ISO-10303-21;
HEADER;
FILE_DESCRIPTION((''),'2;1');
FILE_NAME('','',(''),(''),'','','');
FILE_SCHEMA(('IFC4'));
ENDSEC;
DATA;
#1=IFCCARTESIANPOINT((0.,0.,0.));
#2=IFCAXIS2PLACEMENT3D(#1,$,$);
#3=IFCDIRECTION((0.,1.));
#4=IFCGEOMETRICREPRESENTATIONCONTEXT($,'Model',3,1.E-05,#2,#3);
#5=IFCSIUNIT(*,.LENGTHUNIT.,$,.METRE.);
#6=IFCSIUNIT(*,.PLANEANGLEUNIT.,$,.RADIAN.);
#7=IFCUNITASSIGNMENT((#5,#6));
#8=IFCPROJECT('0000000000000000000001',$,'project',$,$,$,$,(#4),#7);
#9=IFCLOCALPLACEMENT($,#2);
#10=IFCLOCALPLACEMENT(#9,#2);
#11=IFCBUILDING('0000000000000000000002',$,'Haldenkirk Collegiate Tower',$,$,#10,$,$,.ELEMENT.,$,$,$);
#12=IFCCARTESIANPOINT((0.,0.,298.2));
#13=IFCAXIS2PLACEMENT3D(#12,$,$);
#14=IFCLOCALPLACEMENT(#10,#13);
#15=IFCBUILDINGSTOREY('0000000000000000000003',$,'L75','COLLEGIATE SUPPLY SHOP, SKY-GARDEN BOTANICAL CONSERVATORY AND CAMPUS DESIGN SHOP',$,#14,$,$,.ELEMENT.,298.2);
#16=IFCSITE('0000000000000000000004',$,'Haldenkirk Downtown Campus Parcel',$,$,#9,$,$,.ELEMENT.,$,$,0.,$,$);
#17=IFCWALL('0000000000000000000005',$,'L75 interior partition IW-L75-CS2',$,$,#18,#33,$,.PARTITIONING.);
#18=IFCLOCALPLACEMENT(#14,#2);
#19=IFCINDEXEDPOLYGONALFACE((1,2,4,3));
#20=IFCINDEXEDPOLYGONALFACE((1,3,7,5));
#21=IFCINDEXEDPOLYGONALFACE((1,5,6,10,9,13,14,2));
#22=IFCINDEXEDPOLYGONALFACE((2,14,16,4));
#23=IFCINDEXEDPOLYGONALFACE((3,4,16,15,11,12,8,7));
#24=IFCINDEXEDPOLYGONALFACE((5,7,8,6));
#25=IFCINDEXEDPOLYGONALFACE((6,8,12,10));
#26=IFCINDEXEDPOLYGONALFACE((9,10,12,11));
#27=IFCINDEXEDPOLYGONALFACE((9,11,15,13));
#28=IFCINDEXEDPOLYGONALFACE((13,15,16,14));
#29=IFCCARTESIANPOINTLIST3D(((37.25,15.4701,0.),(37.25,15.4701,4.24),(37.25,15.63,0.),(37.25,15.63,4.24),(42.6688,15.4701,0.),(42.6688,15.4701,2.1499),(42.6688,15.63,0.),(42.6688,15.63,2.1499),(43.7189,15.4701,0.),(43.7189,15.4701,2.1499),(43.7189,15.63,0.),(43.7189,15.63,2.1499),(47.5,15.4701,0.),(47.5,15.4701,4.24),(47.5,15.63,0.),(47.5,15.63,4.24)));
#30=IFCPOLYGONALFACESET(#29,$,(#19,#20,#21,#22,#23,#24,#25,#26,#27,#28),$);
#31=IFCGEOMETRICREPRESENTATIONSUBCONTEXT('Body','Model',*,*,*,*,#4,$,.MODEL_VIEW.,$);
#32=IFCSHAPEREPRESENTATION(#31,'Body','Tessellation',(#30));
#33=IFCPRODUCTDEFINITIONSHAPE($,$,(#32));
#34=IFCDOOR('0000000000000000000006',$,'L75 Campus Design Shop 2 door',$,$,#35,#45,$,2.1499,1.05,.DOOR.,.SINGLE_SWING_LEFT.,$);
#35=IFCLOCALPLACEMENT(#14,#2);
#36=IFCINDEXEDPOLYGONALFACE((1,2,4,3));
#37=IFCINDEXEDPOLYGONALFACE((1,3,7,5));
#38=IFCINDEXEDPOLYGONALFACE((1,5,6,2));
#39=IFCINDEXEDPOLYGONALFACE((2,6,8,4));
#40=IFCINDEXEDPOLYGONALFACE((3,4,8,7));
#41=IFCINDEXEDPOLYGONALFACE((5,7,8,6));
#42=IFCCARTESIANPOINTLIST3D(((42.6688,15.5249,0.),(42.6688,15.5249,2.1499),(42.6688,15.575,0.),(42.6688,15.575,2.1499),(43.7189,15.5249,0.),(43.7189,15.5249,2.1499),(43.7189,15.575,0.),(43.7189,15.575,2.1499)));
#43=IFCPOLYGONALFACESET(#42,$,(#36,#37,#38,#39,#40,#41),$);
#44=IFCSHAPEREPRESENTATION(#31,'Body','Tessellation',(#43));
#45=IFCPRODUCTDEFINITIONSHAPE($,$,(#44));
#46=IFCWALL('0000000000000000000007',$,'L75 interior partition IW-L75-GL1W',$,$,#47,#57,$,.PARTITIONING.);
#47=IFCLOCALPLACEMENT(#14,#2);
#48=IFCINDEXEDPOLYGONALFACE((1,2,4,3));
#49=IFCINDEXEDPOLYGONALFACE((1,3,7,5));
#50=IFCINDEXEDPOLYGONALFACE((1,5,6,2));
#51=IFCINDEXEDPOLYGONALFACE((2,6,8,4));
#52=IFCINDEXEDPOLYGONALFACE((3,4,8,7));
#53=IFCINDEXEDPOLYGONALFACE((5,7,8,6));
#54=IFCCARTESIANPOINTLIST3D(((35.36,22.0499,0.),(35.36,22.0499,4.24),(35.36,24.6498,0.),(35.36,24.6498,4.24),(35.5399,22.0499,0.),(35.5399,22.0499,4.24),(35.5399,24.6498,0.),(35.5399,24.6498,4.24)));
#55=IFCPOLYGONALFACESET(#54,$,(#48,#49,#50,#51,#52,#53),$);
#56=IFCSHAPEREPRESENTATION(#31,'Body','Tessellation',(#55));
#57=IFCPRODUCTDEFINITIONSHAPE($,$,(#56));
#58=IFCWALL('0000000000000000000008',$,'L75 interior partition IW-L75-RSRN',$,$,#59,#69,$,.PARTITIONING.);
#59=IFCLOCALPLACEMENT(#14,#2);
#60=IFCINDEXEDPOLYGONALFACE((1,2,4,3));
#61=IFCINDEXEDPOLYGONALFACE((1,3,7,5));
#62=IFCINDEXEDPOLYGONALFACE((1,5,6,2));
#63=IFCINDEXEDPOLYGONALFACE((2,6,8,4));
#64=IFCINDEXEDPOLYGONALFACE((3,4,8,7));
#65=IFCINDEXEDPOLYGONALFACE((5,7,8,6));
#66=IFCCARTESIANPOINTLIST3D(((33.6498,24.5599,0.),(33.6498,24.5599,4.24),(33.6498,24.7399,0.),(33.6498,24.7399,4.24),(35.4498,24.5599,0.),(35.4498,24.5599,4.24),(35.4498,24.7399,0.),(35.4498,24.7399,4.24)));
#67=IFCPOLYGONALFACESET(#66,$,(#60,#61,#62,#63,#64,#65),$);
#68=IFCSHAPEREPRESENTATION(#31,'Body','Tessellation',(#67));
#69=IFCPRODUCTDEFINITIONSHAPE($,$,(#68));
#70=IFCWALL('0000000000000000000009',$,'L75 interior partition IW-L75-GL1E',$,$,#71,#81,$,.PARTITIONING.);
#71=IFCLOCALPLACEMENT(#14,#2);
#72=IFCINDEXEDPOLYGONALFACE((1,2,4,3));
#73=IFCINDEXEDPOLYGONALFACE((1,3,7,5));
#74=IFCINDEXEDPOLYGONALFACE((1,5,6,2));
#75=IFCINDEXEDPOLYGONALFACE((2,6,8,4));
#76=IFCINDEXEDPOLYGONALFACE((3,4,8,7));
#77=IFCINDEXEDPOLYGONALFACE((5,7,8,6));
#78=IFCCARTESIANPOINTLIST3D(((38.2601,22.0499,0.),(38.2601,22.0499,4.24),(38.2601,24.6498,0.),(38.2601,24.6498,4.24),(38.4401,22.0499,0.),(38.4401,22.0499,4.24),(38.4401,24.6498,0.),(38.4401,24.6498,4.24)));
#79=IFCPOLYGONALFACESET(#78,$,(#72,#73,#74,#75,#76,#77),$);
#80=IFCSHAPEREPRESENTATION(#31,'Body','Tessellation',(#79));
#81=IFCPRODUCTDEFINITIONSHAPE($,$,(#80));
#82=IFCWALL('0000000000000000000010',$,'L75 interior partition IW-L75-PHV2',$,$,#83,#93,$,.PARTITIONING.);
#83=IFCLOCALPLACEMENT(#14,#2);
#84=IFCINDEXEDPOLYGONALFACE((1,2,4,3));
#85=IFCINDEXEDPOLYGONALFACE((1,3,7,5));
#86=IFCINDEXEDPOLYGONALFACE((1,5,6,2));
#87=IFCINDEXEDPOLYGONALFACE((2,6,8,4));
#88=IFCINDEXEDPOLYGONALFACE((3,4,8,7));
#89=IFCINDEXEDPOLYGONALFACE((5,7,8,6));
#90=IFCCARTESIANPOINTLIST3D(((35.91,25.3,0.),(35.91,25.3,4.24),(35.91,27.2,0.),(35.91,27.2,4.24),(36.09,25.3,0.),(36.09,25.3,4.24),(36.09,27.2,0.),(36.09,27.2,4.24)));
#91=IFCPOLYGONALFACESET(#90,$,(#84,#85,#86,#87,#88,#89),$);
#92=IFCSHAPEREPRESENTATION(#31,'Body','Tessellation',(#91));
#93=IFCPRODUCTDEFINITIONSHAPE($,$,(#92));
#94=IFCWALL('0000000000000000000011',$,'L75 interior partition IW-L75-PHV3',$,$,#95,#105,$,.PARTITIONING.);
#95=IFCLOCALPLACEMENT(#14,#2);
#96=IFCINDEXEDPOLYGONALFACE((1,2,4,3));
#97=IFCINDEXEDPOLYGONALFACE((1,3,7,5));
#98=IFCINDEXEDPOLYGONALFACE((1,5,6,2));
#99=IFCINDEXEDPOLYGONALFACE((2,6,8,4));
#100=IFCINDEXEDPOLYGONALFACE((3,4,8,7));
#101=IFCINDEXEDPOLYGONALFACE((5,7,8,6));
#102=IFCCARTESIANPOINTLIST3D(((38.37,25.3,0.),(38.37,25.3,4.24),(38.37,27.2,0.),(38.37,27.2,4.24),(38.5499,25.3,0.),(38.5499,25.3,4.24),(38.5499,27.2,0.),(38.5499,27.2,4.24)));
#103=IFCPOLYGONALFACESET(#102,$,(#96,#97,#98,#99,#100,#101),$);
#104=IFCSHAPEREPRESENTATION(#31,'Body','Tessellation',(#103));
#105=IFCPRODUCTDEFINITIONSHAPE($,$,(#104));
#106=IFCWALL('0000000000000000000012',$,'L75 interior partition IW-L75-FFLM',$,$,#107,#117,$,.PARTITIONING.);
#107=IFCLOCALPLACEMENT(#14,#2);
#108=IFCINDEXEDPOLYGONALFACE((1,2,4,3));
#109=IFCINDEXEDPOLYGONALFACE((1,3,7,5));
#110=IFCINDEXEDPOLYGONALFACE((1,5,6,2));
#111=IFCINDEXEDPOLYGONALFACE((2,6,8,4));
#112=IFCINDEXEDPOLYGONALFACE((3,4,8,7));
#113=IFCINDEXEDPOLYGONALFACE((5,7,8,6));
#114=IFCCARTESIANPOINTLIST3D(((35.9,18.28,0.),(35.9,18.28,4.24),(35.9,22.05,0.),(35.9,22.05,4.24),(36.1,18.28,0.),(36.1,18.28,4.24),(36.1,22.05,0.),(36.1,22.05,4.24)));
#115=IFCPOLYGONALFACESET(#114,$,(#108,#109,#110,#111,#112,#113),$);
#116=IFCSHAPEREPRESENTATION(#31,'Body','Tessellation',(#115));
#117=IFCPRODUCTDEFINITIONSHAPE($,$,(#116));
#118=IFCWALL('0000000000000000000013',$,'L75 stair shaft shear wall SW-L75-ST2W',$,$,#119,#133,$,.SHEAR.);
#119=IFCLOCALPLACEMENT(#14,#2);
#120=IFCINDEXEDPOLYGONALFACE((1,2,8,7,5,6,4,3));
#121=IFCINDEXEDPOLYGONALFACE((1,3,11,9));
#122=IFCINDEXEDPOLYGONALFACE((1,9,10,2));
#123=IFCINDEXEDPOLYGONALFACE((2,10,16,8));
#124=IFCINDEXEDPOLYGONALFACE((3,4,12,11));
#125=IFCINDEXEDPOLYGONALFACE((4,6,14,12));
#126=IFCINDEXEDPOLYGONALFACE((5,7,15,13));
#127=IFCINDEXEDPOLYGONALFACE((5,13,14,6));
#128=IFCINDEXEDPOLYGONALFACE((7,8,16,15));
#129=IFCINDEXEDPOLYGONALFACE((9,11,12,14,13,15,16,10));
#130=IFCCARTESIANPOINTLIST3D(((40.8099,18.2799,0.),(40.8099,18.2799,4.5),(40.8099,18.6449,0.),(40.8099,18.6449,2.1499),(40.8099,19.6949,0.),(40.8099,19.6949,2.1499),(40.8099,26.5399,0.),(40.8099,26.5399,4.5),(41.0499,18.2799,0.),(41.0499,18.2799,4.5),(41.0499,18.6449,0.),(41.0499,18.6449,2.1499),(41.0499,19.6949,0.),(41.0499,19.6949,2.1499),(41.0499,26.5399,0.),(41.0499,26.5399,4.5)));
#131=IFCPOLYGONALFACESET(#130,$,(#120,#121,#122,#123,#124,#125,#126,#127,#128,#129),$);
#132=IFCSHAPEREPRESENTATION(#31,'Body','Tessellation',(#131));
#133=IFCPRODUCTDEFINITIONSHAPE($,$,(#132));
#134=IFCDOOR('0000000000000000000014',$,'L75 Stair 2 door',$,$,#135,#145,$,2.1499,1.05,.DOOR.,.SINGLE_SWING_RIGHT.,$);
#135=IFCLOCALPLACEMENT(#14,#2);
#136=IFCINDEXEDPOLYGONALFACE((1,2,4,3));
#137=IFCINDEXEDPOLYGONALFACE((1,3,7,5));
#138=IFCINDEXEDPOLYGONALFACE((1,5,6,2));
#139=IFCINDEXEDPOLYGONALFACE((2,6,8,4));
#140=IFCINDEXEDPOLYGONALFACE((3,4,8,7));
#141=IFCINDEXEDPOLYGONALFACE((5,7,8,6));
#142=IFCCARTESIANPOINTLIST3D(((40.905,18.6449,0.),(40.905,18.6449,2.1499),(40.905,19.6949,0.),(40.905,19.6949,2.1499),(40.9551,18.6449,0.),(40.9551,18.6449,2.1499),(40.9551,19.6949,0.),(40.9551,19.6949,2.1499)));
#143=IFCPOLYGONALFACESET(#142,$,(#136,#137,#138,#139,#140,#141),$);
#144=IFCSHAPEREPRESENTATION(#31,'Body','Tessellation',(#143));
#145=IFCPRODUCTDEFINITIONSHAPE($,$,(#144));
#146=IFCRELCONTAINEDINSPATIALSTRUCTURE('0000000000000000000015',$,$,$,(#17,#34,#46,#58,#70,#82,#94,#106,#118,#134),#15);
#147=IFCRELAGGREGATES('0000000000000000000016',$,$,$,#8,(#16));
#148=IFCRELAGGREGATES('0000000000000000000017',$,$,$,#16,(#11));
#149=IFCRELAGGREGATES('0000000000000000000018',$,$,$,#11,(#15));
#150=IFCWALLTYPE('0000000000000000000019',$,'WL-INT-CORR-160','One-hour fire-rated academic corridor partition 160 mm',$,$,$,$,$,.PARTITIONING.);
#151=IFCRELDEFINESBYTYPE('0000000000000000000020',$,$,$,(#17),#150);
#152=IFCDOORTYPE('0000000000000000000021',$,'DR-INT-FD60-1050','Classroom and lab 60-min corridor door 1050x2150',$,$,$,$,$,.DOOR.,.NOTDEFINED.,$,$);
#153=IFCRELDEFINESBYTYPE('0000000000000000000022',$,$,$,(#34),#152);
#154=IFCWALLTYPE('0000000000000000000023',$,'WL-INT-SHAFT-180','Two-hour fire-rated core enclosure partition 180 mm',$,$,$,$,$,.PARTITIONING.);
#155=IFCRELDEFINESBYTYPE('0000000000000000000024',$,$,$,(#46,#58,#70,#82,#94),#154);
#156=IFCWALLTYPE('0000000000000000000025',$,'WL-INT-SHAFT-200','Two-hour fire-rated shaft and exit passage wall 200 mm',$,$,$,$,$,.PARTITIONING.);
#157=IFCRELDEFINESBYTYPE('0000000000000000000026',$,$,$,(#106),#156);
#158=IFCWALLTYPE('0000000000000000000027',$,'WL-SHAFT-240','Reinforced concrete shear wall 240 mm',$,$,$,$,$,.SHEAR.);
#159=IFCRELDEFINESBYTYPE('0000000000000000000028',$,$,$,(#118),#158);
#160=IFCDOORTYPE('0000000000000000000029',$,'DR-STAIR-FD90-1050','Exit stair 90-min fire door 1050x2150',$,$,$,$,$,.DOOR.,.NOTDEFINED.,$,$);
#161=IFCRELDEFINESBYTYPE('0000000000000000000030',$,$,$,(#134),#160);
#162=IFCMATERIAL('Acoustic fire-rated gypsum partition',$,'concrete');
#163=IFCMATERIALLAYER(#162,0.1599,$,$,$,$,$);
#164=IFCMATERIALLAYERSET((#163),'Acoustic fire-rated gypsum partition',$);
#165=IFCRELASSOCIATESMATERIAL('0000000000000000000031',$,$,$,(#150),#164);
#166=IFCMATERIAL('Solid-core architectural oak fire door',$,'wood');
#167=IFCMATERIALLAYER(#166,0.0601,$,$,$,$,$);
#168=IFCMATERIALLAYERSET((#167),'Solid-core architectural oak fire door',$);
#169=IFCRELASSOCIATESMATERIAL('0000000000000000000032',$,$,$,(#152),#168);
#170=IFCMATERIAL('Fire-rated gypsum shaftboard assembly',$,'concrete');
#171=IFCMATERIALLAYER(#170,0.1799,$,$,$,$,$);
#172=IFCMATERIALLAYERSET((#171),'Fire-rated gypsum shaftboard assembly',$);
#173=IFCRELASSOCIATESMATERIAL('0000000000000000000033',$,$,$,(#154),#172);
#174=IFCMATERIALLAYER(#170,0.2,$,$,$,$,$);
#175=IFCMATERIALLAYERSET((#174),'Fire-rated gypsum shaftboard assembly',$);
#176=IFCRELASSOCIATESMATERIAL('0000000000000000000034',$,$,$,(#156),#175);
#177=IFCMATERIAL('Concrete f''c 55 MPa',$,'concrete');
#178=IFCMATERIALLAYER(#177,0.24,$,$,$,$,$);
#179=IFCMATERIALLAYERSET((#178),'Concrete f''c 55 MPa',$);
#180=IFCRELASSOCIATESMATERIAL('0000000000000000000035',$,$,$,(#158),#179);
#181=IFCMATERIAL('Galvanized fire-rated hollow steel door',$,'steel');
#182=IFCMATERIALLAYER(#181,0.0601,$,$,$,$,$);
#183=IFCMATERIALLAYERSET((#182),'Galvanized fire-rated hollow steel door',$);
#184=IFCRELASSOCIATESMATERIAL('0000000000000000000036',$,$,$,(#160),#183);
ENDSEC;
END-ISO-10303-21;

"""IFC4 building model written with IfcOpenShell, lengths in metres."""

from ifc_helpers import new_model, si_unit, direction, frame, frame_2d, origin, place, context, subcontext, project, spatial, rectangle, extrude, material, layer, layer_set, type_object, element, fill, save


model = new_model("IFC4")

# Units and contexts
model_context = context("Model", 3, precision=1e-05, world=origin(), true_north=direction((0.0, 1.0)))
body_context = subcontext(model_context, "Body", "Model", "MODEL_VIEW")
ifc_project = project(units=[si_unit("LENGTHUNIT", "METRE"), si_unit("PLANEANGLEUNIT", "RADIAN")], contexts=[model_context])

# Site, building, storey
site_placement = place(None, origin())
site = spatial("IfcSite", under=ifc_project, at=site_placement, Name="Haldenkirk Downtown Campus Parcel", CompositionType="ELEMENT", RefElevation=0.0)
building_placement = place(site_placement, origin())
building = spatial("IfcBuilding", under=site, at=building_placement, Name="Haldenkirk Collegiate Tower", CompositionType="ELEMENT")
storey_placement = place(building_placement, frame((0.0, 0.0, 298.2)))
storey = spatial("IfcBuildingStorey", under=building, at=storey_placement, Name="L75", Description="COLLEGIATE SUPPLY SHOP, SKY-GARDEN BOTANICAL CONSERVATORY AND CAMPUS DESIGN SHOP", CompositionType="ELEMENT", Elevation=298.2)

# Wall, opening, door
ifc_material_1 = material(Name="Acoustic fire-rated gypsum partition", Category="concrete")
ifc_layer_1 = layer(ifc_material_1, 0.1599)
ifc_layer_set_1 = layer_set([ifc_layer_1], Name="Acoustic fire-rated gypsum partition")
wall_type_1 = type_object("IfcWallType", Name="WL-INT-CORR-160", Description="One-hour fire-rated academic corridor partition 160 mm", PredefinedType="PARTITIONING", material=ifc_layer_set_1)
wall_1_placement = place(storey_placement, frame((37.25, 15.55, 0.0), z_axis=(0.0, 0.0, 1.0), x_axis=(1.0, 0.0, 0.0)))
wall_1 = element("IfcWall", 1, at=wall_1_placement, inside=storey, type_object=wall_type_1, Name="L75 interior partition IW-L75-CS2", PredefinedType="PARTITIONING", context=body_context, shape_type="SweptSolid", body=[
    extrude(rectangle(XDim=10.25, YDim=0.1599, at=frame_2d((5.125, 0.0))), origin(), (0.0, 0.0, 1.0), 4.24),
])
opening_1_placement = place(wall_1_placement, frame((5.4189, 0.0, 0.0)))
opening_1 = element("IfcOpeningElement", 2, at=opening_1_placement, cuts=wall_1, PredefinedType="OPENING", context=body_context, shape_type="SweptSolid", body=[
    extrude(rectangle(XDim=1.05, YDim=2.1499, at=frame_2d((0.5249, 1.075))), frame((0.0, 0.0898, 0.0), z_axis=(0.0, -1.0, 0.0), x_axis=(1.0, 0.0, 0.0)), (0.0, 0.0, 1.0), 0.1799),
])
ifc_material_2 = material(Name="Solid-core architectural oak fire door", Category="wood")
ifc_layer_2 = layer(ifc_material_2, 0.0601)
ifc_layer_set_2 = layer_set([ifc_layer_2], Name="Solid-core architectural oak fire door")
door_type_1 = type_object("IfcDoorType", Name="DR-INT-FD60-1050", Description="Classroom and lab 60-min corridor door 1050x2150", OperationType="NOTDEFINED", PredefinedType="DOOR", material=ifc_layer_set_2)
door_1_placement = place(opening_1_placement, origin())
door_1 = element("IfcDoor", 3, at=door_1_placement, inside=storey, type_object=door_type_1, Name="L75 Campus Design Shop 2 door", OperationType="SINGLE_SWING_LEFT", OverallHeight=2.1499, OverallWidth=1.05, PredefinedType="DOOR", context=body_context, shape_type="SweptSolid", body=[
    extrude(rectangle(XDim=1.05, YDim=2.1499, at=frame_2d((0.5249, 1.075))), frame((0.0, 0.0249, 0.0), z_axis=(0.0, -1.0, 0.0), x_axis=(1.0, 0.0, 0.0)), (0.0, 0.0, 1.0), 0.05),
])
fill(opening_1, door_1)

# Walls
ifc_material_3 = material(Name="Fire-rated gypsum shaftboard assembly", Category="concrete")
ifc_layer_3 = layer(ifc_material_3, 0.1799)
ifc_layer_set_3 = layer_set([ifc_layer_3], Name="Fire-rated gypsum shaftboard assembly")
wall_type_2 = type_object("IfcWallType", Name="WL-INT-SHAFT-180", Description="Two-hour fire-rated core enclosure partition 180 mm", PredefinedType="PARTITIONING", material=ifc_layer_set_3)
wall_2_placement = place(storey_placement, frame((35.45, 22.05, 0.0), z_axis=(0.0, 0.0, 1.0), x_axis=(0.0, 1.0, 0.0)))
element("IfcWall", 4, at=wall_2_placement, inside=storey, type_object=wall_type_2, Name="L75 interior partition IW-L75-GL1W", PredefinedType="PARTITIONING", context=body_context, shape_type="SweptSolid", body=[
    extrude(rectangle(XDim=2.5999, YDim=0.1799, at=frame_2d((1.2998, 0.0))), origin(), (0.0, 0.0, 1.0), 4.24),
])
wall_3_placement = place(storey_placement, frame((33.6499, 24.6499, 0.0), z_axis=(0.0, 0.0, 1.0), x_axis=(1.0, 0.0, 0.0)))
element("IfcWall", 5, at=wall_3_placement, inside=storey, type_object=wall_type_2, Name="L75 interior partition IW-L75-RSRN", PredefinedType="PARTITIONING", context=body_context, shape_type="SweptSolid", body=[
    extrude(rectangle(XDim=1.8, YDim=0.1799, at=frame_2d((0.8999, 0.0))), origin(), (0.0, 0.0, 1.0), 4.24),
])
wall_4_placement = place(storey_placement, frame((38.3501, 22.05, 0.0), z_axis=(0.0, 0.0, 1.0), x_axis=(0.0, 1.0, 0.0)))
element("IfcWall", 6, at=wall_4_placement, inside=storey, type_object=wall_type_2, Name="L75 interior partition IW-L75-GL1E", PredefinedType="PARTITIONING", context=body_context, shape_type="SweptSolid", body=[
    extrude(rectangle(XDim=2.5999, YDim=0.1799, at=frame_2d((1.2998, 0.0))), origin(), (0.0, 0.0, 1.0), 4.24),
])
for number, where, z_axis, x_axis, name in (
    (7, (36.0, 25.3, 0.0), (0.0, 0.0, 1.0), (0.0, 1.0, 0.0), "L75 interior partition IW-L75-PHV2"),
    (8, (38.46, 25.3, 0.0), (0.0, 0.0, 1.0), (0.0, 1.0, 0.0), "L75 interior partition IW-L75-PHV3"),
):
    element("IfcWall", number, at=place(storey_placement, frame(where, z_axis=z_axis, x_axis=x_axis)), inside=storey, type_object=wall_type_2, Name=name, PredefinedType="PARTITIONING", context=body_context, shape_type="SweptSolid", body=[
        extrude(rectangle(XDim=1.8999, YDim=0.1799, at=frame_2d((0.95, 0.0))), origin(), (0.0, 0.0, 1.0), 4.24),
    ])
ifc_layer_4 = layer(ifc_material_3, 0.2)
ifc_layer_set_4 = layer_set([ifc_layer_4], Name="Fire-rated gypsum shaftboard assembly")
wall_type_3 = type_object("IfcWallType", Name="WL-INT-SHAFT-200", Description="Two-hour fire-rated shaft and exit passage wall 200 mm", PredefinedType="PARTITIONING", material=ifc_layer_set_4)
wall_5_placement = place(storey_placement, frame((36.0, 18.28, 0.0), z_axis=(0.0, 0.0, 1.0), x_axis=(0.0, 1.0, 0.0)))
element("IfcWall", 9, at=wall_5_placement, inside=storey, type_object=wall_type_3, Name="L75 interior partition IW-L75-FFLM", PredefinedType="PARTITIONING", context=body_context, shape_type="SweptSolid", body=[
    extrude(rectangle(XDim=3.77, YDim=0.2, at=frame_2d((1.885, 0.0))), origin(), (0.0, 0.0, 1.0), 4.24),
])

# Wall, opening, door
ifc_material_4 = material(Name="Concrete f'c 55 MPa", Category="concrete")
ifc_layer_5 = layer(ifc_material_4, 0.24)
ifc_layer_set_5 = layer_set([ifc_layer_5], Name="Concrete f'c 55 MPa")
wall_type_4 = type_object("IfcWallType", Name="WL-SHAFT-240", Description="Reinforced concrete shear wall 240 mm", PredefinedType="SHEAR", material=ifc_layer_set_5)
wall_6_placement = place(storey_placement, frame((40.9299, 18.28, 0.0), z_axis=(0.0, 0.0, 1.0), x_axis=(0.0, 1.0, 0.0)))
wall_6 = element("IfcWall", 10, at=wall_6_placement, inside=storey, type_object=wall_type_4, Name="L75 stair shaft shear wall SW-L75-ST2W", PredefinedType="SHEAR", context=body_context, shape_type="SweptSolid", body=[
    extrude(rectangle(XDim=8.26, YDim=0.24, at=frame_2d((4.1299, 0.0))), origin(), (0.0, 0.0, 1.0), 4.5),
])
opening_2_placement = place(wall_6_placement, frame((0.365, 0.0, 0.0)))
opening_2 = element("IfcOpeningElement", 11, at=opening_2_placement, cuts=wall_6, PredefinedType="OPENING", context=body_context, shape_type="SweptSolid", body=[
    extrude(rectangle(XDim=1.05, YDim=2.1499, at=frame_2d((0.5249, 1.075))), frame((0.0, 0.1299, 0.0), z_axis=(0.0, -1.0, 0.0), x_axis=(1.0, 0.0, 0.0)), (0.0, 0.0, 1.0), 0.26),
])
ifc_material_5 = material(Name="Galvanized fire-rated hollow steel door", Category="steel")
ifc_layer_6 = layer(ifc_material_5, 0.0601)
ifc_layer_set_6 = layer_set([ifc_layer_6], Name="Galvanized fire-rated hollow steel door")
door_type_2 = type_object("IfcDoorType", Name="DR-STAIR-FD90-1050", Description="Exit stair 90-min fire door 1050x2150", OperationType="NOTDEFINED", PredefinedType="DOOR", material=ifc_layer_set_6)
door_2_placement = place(opening_2_placement, origin())
door_2 = element("IfcDoor", 12, at=door_2_placement, inside=storey, type_object=door_type_2, Name="L75 Stair 2 door", OperationType="SINGLE_SWING_RIGHT", OverallHeight=2.1499, OverallWidth=1.05, PredefinedType="DOOR", context=body_context, shape_type="SweptSolid", body=[
    extrude(rectangle(XDim=1.05, YDim=2.1499, at=frame_2d((0.5249, 1.075))), frame((0.0, 0.0249, 0.0), z_axis=(0.0, -1.0, 0.0), x_axis=(1.0, 0.0, 0.0)), (0.0, 0.0, 1.0), 0.05),
])
fill(opening_2, door_2)

save(model, "model.ifc")
